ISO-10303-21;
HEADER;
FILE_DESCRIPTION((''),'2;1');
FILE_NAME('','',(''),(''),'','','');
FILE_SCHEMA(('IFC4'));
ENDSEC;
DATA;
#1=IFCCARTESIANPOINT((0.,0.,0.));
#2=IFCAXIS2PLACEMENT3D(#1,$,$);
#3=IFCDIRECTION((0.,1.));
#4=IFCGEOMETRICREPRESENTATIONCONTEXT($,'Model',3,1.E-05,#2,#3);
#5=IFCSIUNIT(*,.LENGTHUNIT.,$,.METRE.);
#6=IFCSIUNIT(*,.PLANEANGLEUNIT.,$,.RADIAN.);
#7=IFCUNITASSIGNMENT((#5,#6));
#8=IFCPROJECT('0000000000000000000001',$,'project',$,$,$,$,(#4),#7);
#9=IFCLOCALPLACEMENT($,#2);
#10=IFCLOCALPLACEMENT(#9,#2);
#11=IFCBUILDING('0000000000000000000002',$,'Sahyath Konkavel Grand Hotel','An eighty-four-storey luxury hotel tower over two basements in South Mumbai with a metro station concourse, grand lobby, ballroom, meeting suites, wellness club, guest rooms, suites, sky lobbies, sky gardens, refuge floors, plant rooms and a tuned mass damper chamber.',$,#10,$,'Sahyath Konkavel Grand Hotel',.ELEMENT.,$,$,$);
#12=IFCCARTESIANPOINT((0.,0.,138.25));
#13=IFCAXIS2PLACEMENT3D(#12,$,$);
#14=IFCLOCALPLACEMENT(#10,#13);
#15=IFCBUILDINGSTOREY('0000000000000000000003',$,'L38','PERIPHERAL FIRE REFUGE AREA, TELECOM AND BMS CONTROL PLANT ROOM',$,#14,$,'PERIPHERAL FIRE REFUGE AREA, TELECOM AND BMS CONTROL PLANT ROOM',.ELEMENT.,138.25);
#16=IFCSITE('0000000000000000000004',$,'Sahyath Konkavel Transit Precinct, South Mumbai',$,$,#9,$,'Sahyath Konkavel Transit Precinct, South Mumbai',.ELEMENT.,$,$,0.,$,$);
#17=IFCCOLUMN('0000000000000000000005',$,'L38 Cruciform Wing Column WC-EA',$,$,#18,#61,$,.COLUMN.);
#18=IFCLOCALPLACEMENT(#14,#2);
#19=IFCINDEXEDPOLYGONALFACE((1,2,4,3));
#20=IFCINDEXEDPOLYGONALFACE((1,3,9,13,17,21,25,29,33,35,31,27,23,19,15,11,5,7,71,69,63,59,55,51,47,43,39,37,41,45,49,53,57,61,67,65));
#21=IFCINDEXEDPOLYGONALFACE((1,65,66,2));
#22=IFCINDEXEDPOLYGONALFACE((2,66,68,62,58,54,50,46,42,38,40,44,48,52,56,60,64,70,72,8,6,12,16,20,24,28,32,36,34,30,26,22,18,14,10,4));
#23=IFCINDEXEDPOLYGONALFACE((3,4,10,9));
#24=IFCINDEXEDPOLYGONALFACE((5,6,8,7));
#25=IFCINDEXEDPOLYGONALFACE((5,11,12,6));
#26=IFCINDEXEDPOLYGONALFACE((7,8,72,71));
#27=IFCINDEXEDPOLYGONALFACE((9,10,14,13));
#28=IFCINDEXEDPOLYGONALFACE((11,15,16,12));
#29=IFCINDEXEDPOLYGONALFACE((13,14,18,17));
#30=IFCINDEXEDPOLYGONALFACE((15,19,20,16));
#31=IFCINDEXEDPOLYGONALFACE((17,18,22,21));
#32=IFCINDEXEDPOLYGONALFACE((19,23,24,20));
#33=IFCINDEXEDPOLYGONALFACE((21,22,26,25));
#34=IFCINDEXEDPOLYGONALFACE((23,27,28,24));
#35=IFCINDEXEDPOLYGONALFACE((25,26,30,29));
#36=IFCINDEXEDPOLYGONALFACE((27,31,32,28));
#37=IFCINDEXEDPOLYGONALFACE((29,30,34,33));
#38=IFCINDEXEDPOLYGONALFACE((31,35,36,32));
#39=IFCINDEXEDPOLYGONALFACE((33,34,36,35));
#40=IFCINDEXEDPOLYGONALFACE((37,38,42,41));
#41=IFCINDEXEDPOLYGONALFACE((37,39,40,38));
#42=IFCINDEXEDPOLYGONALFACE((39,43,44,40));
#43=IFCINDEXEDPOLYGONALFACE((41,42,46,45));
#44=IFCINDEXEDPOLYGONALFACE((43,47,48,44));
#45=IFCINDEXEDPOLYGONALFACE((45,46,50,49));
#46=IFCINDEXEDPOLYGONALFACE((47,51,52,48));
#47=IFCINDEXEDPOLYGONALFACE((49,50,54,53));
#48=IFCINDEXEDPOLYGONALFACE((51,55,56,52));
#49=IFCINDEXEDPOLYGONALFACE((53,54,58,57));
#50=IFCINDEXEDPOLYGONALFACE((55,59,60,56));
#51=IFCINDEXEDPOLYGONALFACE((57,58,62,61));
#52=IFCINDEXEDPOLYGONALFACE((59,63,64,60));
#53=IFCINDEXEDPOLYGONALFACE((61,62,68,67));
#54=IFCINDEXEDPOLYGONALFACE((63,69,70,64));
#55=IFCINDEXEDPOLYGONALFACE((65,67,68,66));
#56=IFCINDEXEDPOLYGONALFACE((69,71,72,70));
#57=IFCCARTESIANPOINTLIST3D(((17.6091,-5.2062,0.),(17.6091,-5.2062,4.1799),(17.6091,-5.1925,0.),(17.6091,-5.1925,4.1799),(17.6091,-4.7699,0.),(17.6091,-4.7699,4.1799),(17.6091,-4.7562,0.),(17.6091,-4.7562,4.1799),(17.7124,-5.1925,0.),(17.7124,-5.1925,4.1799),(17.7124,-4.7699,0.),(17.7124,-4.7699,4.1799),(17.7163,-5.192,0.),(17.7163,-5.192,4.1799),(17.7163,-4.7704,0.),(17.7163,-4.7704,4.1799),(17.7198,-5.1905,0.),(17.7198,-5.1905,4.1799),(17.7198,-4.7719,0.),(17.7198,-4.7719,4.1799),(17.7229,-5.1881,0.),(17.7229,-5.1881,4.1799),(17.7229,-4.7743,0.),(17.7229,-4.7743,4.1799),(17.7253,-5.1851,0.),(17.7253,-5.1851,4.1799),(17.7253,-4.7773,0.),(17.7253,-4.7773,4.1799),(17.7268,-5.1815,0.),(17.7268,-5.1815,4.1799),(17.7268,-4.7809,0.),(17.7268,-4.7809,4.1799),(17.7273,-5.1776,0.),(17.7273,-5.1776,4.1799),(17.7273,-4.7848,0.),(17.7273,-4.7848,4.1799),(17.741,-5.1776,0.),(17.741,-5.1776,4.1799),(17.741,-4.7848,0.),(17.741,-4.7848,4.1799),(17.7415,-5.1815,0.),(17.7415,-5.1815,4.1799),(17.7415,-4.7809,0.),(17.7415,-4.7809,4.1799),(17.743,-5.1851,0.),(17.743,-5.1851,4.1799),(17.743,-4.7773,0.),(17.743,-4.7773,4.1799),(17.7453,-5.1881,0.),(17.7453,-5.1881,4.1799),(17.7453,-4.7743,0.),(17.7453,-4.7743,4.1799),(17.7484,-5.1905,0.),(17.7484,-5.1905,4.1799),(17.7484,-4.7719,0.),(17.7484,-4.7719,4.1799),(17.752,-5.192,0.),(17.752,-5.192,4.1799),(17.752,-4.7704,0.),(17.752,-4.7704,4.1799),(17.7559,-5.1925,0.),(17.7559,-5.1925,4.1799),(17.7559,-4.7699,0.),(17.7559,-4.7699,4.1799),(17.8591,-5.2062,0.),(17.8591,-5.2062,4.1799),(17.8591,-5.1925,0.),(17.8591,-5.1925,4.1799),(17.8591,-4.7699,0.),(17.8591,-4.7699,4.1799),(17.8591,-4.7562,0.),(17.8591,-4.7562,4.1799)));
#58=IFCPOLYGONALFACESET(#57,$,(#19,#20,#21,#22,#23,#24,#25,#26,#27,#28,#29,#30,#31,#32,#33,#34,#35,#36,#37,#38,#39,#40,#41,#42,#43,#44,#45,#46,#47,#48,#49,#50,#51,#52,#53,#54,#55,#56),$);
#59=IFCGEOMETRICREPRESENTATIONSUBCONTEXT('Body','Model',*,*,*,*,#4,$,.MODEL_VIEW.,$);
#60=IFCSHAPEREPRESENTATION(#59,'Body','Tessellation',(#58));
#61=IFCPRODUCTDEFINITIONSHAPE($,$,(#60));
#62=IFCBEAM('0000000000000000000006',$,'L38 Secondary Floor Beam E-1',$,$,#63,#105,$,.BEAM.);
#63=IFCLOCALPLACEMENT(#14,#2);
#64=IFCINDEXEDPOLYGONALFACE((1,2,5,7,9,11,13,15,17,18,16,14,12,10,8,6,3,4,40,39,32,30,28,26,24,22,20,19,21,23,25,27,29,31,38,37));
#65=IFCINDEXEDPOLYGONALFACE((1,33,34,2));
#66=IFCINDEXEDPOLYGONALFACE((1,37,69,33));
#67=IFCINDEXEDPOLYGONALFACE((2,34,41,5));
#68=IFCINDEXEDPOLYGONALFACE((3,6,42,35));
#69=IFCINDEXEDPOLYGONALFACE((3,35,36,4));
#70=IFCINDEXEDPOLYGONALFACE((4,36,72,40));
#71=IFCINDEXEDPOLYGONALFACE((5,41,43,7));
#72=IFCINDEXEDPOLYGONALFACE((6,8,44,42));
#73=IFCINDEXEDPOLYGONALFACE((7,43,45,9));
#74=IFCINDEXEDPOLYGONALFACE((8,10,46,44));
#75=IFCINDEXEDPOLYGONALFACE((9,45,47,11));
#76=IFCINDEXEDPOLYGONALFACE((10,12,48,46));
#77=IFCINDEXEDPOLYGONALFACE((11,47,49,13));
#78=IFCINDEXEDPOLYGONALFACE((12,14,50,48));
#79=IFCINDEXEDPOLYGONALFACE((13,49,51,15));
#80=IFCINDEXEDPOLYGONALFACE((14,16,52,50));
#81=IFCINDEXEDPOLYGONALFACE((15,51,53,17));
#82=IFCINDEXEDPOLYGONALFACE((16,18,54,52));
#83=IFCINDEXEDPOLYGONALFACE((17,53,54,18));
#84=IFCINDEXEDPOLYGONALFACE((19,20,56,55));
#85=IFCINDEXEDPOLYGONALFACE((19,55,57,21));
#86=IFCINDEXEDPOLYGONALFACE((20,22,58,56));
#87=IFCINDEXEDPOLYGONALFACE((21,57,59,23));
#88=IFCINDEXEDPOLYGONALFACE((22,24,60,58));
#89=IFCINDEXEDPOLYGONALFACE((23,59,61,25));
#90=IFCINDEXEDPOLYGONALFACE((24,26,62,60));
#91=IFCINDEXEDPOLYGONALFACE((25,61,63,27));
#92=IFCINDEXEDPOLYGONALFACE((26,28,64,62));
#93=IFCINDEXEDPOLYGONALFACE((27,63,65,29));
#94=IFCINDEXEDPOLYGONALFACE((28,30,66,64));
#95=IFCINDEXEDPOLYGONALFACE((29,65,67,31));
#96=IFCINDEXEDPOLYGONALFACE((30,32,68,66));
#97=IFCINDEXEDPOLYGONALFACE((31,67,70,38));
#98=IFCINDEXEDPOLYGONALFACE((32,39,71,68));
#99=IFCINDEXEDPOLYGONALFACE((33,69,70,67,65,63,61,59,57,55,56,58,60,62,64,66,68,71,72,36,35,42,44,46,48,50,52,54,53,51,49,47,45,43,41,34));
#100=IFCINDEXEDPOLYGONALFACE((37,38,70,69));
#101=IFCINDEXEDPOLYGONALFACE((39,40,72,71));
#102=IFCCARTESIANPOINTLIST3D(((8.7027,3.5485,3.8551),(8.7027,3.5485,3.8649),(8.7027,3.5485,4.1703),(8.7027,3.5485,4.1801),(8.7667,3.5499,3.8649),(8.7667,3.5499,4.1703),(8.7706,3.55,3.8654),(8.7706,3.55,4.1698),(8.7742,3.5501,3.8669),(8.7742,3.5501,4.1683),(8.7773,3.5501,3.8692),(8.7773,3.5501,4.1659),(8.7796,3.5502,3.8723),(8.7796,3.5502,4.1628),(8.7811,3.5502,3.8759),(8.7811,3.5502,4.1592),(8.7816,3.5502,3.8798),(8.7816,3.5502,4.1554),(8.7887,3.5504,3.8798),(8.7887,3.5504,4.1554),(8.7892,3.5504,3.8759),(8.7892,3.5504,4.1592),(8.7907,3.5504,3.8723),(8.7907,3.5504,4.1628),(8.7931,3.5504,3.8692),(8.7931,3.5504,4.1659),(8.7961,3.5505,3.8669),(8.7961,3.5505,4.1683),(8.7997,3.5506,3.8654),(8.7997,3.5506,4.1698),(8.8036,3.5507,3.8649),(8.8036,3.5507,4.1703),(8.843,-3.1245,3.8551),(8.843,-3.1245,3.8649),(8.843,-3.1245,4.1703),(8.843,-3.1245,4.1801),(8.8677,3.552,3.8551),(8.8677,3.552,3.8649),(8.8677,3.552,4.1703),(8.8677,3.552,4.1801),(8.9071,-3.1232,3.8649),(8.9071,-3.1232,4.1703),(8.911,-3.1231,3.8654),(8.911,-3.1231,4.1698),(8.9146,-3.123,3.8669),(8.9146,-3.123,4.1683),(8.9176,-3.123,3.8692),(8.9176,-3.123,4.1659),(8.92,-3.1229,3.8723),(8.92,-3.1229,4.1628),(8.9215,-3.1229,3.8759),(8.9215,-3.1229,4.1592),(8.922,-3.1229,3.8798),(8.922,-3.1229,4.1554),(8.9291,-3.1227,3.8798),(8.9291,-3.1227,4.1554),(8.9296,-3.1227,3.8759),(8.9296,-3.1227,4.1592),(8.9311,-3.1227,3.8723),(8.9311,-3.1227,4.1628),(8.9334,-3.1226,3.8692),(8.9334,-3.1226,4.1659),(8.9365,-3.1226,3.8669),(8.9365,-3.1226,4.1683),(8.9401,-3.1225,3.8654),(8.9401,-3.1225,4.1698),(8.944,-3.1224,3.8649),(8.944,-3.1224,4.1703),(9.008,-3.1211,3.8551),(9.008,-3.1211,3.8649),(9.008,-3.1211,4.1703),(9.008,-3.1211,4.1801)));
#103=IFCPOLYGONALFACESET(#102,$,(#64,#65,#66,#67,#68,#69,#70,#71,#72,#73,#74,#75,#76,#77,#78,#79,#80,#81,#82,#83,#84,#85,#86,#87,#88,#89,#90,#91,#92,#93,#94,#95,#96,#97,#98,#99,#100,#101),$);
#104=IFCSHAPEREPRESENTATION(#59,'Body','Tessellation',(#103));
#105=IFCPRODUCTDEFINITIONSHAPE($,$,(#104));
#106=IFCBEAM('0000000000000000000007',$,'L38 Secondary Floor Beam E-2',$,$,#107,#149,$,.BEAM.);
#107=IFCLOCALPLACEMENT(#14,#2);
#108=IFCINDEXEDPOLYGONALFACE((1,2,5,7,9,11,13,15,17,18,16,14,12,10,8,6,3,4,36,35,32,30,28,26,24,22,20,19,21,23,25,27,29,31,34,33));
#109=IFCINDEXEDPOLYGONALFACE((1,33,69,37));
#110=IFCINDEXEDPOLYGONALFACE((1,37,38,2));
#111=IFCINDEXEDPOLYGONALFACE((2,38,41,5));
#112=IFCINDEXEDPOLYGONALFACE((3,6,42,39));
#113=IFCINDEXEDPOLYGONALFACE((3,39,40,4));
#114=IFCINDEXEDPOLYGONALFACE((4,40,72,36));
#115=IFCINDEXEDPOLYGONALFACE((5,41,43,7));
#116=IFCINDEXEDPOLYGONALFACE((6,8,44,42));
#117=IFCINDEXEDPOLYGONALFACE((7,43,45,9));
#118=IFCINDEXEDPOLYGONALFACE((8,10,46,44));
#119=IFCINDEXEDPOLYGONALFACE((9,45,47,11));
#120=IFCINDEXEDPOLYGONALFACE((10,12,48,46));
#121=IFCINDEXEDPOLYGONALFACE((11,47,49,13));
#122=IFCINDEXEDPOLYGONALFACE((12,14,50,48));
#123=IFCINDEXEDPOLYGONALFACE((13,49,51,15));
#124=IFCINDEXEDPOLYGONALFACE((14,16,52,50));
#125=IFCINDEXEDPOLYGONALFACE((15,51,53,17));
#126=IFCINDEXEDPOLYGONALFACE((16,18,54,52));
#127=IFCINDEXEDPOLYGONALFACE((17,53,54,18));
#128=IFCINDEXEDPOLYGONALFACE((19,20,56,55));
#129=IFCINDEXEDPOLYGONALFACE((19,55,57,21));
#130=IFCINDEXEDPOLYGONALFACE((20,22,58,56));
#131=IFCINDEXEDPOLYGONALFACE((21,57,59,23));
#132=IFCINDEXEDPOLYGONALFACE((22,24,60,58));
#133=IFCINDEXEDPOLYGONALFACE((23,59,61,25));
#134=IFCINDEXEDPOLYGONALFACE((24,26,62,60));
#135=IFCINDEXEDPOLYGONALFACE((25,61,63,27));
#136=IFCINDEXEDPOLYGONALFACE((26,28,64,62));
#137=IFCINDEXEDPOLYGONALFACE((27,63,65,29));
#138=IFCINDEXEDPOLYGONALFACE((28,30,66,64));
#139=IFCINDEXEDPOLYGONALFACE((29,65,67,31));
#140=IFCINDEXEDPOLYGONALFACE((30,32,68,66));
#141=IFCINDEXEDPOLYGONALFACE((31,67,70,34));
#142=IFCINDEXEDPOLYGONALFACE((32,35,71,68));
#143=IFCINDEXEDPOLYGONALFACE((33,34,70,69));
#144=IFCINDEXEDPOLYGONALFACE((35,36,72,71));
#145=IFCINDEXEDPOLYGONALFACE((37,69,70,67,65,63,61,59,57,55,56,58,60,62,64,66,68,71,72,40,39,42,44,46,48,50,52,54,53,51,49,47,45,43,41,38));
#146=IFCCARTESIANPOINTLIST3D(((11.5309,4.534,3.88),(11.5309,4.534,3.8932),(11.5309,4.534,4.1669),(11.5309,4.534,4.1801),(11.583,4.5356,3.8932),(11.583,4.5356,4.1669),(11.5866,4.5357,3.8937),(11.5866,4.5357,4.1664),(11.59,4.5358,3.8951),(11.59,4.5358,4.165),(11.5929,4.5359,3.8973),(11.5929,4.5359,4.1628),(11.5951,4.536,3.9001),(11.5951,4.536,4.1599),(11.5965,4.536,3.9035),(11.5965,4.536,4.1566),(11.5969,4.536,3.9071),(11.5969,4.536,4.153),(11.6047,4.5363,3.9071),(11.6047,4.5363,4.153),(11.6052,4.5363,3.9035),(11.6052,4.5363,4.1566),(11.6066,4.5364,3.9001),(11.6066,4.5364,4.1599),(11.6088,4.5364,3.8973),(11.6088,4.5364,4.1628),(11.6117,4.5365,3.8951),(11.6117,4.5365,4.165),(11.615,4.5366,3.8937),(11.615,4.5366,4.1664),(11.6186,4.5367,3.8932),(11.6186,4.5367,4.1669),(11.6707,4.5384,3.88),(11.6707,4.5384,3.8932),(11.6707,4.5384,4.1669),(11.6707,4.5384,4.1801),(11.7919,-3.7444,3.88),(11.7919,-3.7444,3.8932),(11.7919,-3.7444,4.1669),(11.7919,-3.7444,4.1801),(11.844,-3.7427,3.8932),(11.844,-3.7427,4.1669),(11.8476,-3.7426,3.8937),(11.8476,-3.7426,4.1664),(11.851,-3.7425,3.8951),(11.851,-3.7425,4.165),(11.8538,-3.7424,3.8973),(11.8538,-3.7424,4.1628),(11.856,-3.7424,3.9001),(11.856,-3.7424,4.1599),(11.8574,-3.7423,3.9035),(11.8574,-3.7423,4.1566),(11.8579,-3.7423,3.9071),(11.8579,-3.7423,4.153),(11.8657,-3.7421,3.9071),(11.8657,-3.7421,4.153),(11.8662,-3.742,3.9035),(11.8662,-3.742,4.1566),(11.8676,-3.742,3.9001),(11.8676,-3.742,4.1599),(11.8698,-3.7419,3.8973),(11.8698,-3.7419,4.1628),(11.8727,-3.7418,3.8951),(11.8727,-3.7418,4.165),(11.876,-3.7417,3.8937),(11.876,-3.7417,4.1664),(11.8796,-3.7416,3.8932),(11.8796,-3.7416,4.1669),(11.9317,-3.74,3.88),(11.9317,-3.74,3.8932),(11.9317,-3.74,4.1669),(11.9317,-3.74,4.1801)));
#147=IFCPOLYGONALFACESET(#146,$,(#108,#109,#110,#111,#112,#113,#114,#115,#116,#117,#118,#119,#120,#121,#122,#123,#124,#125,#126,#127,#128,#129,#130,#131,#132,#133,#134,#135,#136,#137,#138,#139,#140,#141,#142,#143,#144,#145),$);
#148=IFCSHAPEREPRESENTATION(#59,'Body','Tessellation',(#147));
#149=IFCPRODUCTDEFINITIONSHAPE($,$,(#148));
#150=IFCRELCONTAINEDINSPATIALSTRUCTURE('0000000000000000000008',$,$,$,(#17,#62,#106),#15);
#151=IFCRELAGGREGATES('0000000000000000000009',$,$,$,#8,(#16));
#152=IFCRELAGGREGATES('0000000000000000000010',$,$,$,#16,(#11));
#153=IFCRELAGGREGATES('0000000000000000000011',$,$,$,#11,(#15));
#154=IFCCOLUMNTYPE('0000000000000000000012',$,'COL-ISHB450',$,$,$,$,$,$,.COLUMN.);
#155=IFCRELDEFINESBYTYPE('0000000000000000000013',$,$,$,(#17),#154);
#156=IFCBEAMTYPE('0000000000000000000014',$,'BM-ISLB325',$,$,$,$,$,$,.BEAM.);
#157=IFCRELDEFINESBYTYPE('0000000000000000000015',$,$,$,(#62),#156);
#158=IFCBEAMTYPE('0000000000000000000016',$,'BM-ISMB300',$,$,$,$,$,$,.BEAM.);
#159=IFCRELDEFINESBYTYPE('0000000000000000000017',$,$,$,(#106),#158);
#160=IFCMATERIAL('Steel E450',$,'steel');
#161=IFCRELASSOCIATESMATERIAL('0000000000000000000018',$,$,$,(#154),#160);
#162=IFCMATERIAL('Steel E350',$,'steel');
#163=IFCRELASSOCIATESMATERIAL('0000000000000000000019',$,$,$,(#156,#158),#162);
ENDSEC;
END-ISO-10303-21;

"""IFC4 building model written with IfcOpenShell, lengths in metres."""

from ifc_helpers import new_model, si_unit, direction, frame, origin, origin_2d, place, context, subcontext, project, spatial, i_section, extrude, source, transform, mapped, material, material_profile, profile_set, type_object, element, save


model = new_model("IFC4")

# Units and contexts
model_context = context("Model", 3, precision=1e-05, world=origin(), true_north=direction((0.0, 1.0)))
body_context = subcontext(model_context, "Body", "Model", "MODEL_VIEW")
ifc_project = project(units=[si_unit("LENGTHUNIT", "METRE"), si_unit("PLANEANGLEUNIT", "RADIAN")], contexts=[model_context])

# Site, building, storey
site_placement = place(None, origin())
site = spatial("IfcSite", under=ifc_project, at=site_placement, Name="Sahyath Konkavel Transit Precinct, South Mumbai", LongName="Sahyath Konkavel Transit Precinct, South Mumbai", CompositionType="ELEMENT", RefElevation=0.0)
building_placement = place(site_placement, origin())
building = spatial("IfcBuilding", under=site, at=building_placement, Name="Sahyath Konkavel Grand Hotel", Description="An eighty-four-storey luxury hotel tower over two basements in South Mumbai with a metro station concourse, grand lobby, ballroom, meeting suites, wellness club, guest rooms, suites, sky lobbies, sky gardens, refuge floors, plant rooms and a tuned mass damper chamber.", LongName="Sahyath Konkavel Grand Hotel", CompositionType="ELEMENT")
storey_placement = place(building_placement, frame((0.0, 0.0, 138.25)))
storey = spatial("IfcBuildingStorey", under=building, at=storey_placement, Name="L38", Description="PERIPHERAL FIRE REFUGE AREA, TELECOM AND BMS CONTROL PLANT ROOM", LongName="PERIPHERAL FIRE REFUGE AREA, TELECOM AND BMS CONTROL PLANT ROOM", CompositionType="ELEMENT", Elevation=138.25)

# Column
ifc_material_1 = material(Name="Steel E450", Category="steel")
ifc_material_profile_1 = material_profile(ifc_material_1, i_section(OverallWidth=0.25, OverallDepth=0.45, WebThickness=0.0137, FlangeThickness=0.0137, FilletRadius=0.0149, at=origin_2d()), Name="ISHB 450")
ifc_profile_set_1 = profile_set([ifc_material_profile_1], Name="Steel E450")
column_type = type_object("IfcColumnType", Name="COL-ISHB450", PredefinedType="COLUMN", material=ifc_profile_set_1)
shared_shape_1 = source(origin(), body_context, "Body", "SweptSolid", [
    extrude(i_section(OverallWidth=0.25, OverallDepth=0.45, WebThickness=0.0137, FlangeThickness=0.0137, FilletRadius=0.0149, at=origin_2d()), origin(), (0.0, 0.0, 1.0), 4.1799),
])
column_placement = place(storey_placement, frame((17.7341, -4.9812, 0.0), z_axis=(0.0, 0.0, 1.0), x_axis=(1.0, 0.0, 0.0)))
element("IfcColumn", 1, at=column_placement, inside=storey, type_object=column_type, Name="L38 Cruciform Wing Column WC-EA", PredefinedType="COLUMN", context=body_context, shape_type="MappedRepresentation", body=[
    mapped(shared_shape_1, transform((0.0, 0.0, 0.0), scale=1.0)),
])

# Beams
ifc_material_2 = material(Name="Steel E350", Category="steel")
ifc_material_profile_2 = material_profile(ifc_material_2, i_section(OverallWidth=0.165, OverallDepth=0.325, WebThickness=0.0071, FlangeThickness=0.0098, FilletRadius=0.0149, at=origin_2d()), Name="ISLB 325")
ifc_profile_set_2 = profile_set([ifc_material_profile_2], Name="Steel E350")
beam_type_1 = type_object("IfcBeamType", Name="BM-ISLB325", PredefinedType="BEAM", material=ifc_profile_set_2)
shared_shape_2 = source(origin(), body_context, "Body", "SweptSolid", [
    extrude(i_section(OverallWidth=0.165, OverallDepth=0.325, WebThickness=0.0071, FlangeThickness=0.0098, FilletRadius=0.0149, at=origin_2d()), origin(), (0.0, 0.0, 1.0), 6.6746),
])
beam_1_placement = place(storey_placement, frame((8.9255, -3.1228, 4.0176), z_axis=(-0.021032, 0.999779, 0.0), x_axis=(-0.999779, -0.021032, 0.0)))
element("IfcBeam", 2, at=beam_1_placement, inside=storey, type_object=beam_type_1, Name="L38 Secondary Floor Beam E-1", PredefinedType="BEAM", context=body_context, shape_type="MappedRepresentation", body=[
    mapped(shared_shape_2, transform((0.0, 0.0, 0.0), scale=1.0)),
])
ifc_material_profile_3 = material_profile(ifc_material_2, i_section(OverallWidth=0.1399, OverallDepth=0.3, WebThickness=0.0078, FlangeThickness=0.0132, FilletRadius=0.0139, at=origin_2d()), Name="ISMB 300")
ifc_profile_set_3 = profile_set([ifc_material_profile_3], Name="Steel E350")
beam_type_2 = type_object("IfcBeamType", Name="BM-ISMB300", PredefinedType="BEAM", material=ifc_profile_set_3)
shared_shape_3 = source(origin(), body_context, "Body", "SweptSolid", [
    extrude(i_section(OverallWidth=0.1399, OverallDepth=0.3, WebThickness=0.0078, FlangeThickness=0.0132, FilletRadius=0.0139, at=origin_2d()), origin(), (0.0, 0.0, 1.0), 8.2825),
])
beam_2_placement = place(storey_placement, frame((11.8618, -3.7422, 4.03), z_axis=(-0.031511, 0.999503, 0.0), x_axis=(-0.999503, -0.031511, 0.0)))
element("IfcBeam", 3, at=beam_2_placement, inside=storey, type_object=beam_type_2, Name="L38 Secondary Floor Beam E-2", PredefinedType="BEAM", context=body_context, shape_type="MappedRepresentation", body=[
    mapped(shared_shape_3, transform((0.0, 0.0, 0.0), scale=1.0)),
])

save(model, "model.ifc")
